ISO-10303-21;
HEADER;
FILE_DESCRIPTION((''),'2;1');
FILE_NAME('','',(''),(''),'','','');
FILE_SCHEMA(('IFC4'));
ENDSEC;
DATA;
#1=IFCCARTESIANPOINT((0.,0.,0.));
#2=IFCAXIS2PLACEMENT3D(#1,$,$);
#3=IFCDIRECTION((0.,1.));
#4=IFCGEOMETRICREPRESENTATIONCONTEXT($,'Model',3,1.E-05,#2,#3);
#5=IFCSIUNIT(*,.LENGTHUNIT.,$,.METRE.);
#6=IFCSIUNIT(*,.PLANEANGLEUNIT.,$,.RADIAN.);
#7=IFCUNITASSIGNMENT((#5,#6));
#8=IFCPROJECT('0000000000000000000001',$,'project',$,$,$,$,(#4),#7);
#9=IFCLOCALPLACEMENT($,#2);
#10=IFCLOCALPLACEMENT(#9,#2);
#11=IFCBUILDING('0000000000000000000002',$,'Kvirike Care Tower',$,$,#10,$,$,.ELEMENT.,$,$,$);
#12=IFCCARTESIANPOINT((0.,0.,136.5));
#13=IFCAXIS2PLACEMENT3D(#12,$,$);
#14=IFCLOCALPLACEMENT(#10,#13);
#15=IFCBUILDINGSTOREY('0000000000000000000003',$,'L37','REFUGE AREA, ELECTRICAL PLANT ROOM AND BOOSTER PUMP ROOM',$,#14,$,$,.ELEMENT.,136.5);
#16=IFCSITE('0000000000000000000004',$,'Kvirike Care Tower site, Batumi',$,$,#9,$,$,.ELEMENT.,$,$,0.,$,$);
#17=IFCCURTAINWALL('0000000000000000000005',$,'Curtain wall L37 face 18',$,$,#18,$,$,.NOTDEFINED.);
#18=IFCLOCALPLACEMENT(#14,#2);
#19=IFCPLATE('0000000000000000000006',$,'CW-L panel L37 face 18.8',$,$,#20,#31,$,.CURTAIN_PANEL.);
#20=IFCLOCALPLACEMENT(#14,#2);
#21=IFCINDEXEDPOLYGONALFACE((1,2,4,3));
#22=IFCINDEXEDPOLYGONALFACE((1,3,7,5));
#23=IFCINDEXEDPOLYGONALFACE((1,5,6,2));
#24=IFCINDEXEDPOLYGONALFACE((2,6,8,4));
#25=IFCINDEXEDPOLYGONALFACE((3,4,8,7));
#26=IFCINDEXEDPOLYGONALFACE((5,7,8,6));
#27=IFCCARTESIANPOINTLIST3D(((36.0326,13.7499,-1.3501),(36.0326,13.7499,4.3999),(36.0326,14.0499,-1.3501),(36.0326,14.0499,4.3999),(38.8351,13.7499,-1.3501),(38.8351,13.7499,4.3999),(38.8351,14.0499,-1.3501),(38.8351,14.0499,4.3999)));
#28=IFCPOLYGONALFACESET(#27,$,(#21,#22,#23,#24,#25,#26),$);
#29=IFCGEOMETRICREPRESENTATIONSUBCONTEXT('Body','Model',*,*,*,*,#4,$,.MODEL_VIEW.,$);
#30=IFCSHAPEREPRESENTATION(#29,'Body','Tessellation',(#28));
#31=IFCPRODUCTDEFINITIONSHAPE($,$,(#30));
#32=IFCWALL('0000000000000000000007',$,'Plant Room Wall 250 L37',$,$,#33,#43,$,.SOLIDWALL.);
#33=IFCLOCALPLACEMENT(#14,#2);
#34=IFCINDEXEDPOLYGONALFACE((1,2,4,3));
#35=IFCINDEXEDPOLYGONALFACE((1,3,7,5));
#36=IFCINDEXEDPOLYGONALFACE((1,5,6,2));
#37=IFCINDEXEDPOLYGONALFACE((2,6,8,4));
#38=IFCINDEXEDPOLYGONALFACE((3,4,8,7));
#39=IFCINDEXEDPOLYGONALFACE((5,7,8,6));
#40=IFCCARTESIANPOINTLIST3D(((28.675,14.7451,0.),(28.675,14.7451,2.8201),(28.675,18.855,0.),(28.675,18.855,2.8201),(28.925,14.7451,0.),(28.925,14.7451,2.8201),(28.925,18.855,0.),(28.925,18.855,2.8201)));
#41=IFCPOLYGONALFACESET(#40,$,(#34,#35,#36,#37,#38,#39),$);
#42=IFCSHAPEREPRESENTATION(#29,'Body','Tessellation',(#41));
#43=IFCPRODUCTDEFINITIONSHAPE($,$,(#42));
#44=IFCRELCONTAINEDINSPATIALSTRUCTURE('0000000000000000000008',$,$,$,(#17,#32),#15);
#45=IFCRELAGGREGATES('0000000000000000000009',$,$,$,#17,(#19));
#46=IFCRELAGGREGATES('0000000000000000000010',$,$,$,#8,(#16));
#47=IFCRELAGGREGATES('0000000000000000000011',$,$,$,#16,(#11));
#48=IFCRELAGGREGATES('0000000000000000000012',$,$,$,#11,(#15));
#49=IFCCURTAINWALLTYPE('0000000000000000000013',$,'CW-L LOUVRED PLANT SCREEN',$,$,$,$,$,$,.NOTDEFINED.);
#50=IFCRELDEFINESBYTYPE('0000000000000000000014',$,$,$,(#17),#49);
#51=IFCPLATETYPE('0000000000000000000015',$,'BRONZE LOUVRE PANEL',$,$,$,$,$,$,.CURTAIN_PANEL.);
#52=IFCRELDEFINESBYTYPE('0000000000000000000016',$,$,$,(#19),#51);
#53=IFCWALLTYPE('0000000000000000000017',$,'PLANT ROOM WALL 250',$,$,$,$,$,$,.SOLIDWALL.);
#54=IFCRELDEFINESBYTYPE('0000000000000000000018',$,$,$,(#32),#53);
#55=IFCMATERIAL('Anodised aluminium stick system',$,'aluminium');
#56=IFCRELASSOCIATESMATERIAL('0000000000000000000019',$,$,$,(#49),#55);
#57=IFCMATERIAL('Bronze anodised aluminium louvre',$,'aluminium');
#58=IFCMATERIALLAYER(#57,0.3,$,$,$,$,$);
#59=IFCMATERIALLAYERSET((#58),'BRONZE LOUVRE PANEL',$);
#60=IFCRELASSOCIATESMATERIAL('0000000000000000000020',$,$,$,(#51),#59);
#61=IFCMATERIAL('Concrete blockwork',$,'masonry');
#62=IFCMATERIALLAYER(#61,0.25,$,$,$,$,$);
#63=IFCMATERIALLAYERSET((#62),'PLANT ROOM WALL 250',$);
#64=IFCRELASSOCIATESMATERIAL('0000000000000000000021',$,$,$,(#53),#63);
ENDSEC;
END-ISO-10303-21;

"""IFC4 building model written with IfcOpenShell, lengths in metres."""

from ifc_helpers import new_model, si_unit, direction, frame, frame_2d, origin, origin_2d, place, context, subcontext, project, spatial, rectangle, extrude, material, layer, layer_set, type_object, element, aggregate, save


model = new_model("IFC4")

# Units and contexts
model_context = context("Model", 3, precision=1e-05, world=origin(), true_north=direction((0.0, 1.0)))
body_context = subcontext(model_context, "Body", "Model", "MODEL_VIEW")
ifc_project = project(units=[si_unit("LENGTHUNIT", "METRE"), si_unit("PLANEANGLEUNIT", "RADIAN")], contexts=[model_context])

# Site, building, storey
site_placement = place(None, origin())
site = spatial("IfcSite", under=ifc_project, at=site_placement, Name="Kvirike Care Tower site, Batumi", CompositionType="ELEMENT", RefElevation=0.0)
building_placement = place(site_placement, origin())
building = spatial("IfcBuilding", under=site, at=building_placement, Name="Kvirike Care Tower", CompositionType="ELEMENT")
storey_placement = place(building_placement, frame((0.0, 0.0, 136.5)))
storey = spatial("IfcBuildingStorey", under=building, at=storey_placement, Name="L37", Description="REFUGE AREA, ELECTRICAL PLANT ROOM AND BOOSTER PUMP ROOM", CompositionType="ELEMENT", Elevation=136.5)

# Curtain wall
ifc_material_1 = material(Name="Anodised aluminium stick system", Category="aluminium")
curtain_wall_type = type_object("IfcCurtainWallType", Name="CW-L LOUVRED PLANT SCREEN", PredefinedType="NOTDEFINED", material=ifc_material_1)
curtain_wall_placement = place(storey_placement, origin())
curtain_wall = element("IfcCurtainWall", 1, at=curtain_wall_placement, inside=storey, type_object=curtain_wall_type, Name="Curtain wall L37 face 18", PredefinedType="NOTDEFINED")

# Plate
ifc_material_2 = material(Name="Bronze anodised aluminium louvre", Category="aluminium")
ifc_layer_1 = layer(ifc_material_2, 0.3)
ifc_layer_set_1 = layer_set([ifc_layer_1], Name="BRONZE LOUVRE PANEL")
plate_type = type_object("IfcPlateType", Name="BRONZE LOUVRE PANEL", PredefinedType="CURTAIN_PANEL", material=ifc_layer_set_1)
plate_1_placement = place(storey_placement, frame((37.4338, 13.8999, -1.3501), z_axis=(0.0, 0.0, 1.0), x_axis=(1.0, 0.0, 0.0)))
plate_1 = element("IfcPlate", 2, at=plate_1_placement, type_object=plate_type, Name="CW-L panel L37 face 18.8", PredefinedType="CURTAIN_PANEL", context=body_context, shape_type="SweptSolid", body=[
    extrude(rectangle(XDim=2.8025, YDim=0.3, at=origin_2d()), origin(), (0.0, 0.0, 1.0), 5.75),
])
aggregate(curtain_wall, [plate_1])

# Wall
ifc_material_3 = material(Name="Concrete blockwork", Category="masonry")
ifc_layer_2 = layer(ifc_material_3, 0.25)
ifc_layer_set_2 = layer_set([ifc_layer_2], Name="PLANT ROOM WALL 250")
wall_type = type_object("IfcWallType", Name="PLANT ROOM WALL 250", PredefinedType="SOLIDWALL", material=ifc_layer_set_2)
wall_placement = place(storey_placement, frame((28.8, 14.7451, 0.0), z_axis=(0.0, 0.0, 1.0), x_axis=(0.0, 1.0, 0.0)))
element("IfcWall", 3, at=wall_placement, inside=storey, type_object=wall_type, Name="Plant Room Wall 250 L37", PredefinedType="SOLIDWALL", context=body_context, shape_type="SweptSolid", body=[
    extrude(rectangle(XDim=4.1099, YDim=0.25, at=frame_2d((2.0549, 0.0))), origin(), (0.0, 0.0, 1.0), 2.8201),
])

save(model, "model.ifc")
